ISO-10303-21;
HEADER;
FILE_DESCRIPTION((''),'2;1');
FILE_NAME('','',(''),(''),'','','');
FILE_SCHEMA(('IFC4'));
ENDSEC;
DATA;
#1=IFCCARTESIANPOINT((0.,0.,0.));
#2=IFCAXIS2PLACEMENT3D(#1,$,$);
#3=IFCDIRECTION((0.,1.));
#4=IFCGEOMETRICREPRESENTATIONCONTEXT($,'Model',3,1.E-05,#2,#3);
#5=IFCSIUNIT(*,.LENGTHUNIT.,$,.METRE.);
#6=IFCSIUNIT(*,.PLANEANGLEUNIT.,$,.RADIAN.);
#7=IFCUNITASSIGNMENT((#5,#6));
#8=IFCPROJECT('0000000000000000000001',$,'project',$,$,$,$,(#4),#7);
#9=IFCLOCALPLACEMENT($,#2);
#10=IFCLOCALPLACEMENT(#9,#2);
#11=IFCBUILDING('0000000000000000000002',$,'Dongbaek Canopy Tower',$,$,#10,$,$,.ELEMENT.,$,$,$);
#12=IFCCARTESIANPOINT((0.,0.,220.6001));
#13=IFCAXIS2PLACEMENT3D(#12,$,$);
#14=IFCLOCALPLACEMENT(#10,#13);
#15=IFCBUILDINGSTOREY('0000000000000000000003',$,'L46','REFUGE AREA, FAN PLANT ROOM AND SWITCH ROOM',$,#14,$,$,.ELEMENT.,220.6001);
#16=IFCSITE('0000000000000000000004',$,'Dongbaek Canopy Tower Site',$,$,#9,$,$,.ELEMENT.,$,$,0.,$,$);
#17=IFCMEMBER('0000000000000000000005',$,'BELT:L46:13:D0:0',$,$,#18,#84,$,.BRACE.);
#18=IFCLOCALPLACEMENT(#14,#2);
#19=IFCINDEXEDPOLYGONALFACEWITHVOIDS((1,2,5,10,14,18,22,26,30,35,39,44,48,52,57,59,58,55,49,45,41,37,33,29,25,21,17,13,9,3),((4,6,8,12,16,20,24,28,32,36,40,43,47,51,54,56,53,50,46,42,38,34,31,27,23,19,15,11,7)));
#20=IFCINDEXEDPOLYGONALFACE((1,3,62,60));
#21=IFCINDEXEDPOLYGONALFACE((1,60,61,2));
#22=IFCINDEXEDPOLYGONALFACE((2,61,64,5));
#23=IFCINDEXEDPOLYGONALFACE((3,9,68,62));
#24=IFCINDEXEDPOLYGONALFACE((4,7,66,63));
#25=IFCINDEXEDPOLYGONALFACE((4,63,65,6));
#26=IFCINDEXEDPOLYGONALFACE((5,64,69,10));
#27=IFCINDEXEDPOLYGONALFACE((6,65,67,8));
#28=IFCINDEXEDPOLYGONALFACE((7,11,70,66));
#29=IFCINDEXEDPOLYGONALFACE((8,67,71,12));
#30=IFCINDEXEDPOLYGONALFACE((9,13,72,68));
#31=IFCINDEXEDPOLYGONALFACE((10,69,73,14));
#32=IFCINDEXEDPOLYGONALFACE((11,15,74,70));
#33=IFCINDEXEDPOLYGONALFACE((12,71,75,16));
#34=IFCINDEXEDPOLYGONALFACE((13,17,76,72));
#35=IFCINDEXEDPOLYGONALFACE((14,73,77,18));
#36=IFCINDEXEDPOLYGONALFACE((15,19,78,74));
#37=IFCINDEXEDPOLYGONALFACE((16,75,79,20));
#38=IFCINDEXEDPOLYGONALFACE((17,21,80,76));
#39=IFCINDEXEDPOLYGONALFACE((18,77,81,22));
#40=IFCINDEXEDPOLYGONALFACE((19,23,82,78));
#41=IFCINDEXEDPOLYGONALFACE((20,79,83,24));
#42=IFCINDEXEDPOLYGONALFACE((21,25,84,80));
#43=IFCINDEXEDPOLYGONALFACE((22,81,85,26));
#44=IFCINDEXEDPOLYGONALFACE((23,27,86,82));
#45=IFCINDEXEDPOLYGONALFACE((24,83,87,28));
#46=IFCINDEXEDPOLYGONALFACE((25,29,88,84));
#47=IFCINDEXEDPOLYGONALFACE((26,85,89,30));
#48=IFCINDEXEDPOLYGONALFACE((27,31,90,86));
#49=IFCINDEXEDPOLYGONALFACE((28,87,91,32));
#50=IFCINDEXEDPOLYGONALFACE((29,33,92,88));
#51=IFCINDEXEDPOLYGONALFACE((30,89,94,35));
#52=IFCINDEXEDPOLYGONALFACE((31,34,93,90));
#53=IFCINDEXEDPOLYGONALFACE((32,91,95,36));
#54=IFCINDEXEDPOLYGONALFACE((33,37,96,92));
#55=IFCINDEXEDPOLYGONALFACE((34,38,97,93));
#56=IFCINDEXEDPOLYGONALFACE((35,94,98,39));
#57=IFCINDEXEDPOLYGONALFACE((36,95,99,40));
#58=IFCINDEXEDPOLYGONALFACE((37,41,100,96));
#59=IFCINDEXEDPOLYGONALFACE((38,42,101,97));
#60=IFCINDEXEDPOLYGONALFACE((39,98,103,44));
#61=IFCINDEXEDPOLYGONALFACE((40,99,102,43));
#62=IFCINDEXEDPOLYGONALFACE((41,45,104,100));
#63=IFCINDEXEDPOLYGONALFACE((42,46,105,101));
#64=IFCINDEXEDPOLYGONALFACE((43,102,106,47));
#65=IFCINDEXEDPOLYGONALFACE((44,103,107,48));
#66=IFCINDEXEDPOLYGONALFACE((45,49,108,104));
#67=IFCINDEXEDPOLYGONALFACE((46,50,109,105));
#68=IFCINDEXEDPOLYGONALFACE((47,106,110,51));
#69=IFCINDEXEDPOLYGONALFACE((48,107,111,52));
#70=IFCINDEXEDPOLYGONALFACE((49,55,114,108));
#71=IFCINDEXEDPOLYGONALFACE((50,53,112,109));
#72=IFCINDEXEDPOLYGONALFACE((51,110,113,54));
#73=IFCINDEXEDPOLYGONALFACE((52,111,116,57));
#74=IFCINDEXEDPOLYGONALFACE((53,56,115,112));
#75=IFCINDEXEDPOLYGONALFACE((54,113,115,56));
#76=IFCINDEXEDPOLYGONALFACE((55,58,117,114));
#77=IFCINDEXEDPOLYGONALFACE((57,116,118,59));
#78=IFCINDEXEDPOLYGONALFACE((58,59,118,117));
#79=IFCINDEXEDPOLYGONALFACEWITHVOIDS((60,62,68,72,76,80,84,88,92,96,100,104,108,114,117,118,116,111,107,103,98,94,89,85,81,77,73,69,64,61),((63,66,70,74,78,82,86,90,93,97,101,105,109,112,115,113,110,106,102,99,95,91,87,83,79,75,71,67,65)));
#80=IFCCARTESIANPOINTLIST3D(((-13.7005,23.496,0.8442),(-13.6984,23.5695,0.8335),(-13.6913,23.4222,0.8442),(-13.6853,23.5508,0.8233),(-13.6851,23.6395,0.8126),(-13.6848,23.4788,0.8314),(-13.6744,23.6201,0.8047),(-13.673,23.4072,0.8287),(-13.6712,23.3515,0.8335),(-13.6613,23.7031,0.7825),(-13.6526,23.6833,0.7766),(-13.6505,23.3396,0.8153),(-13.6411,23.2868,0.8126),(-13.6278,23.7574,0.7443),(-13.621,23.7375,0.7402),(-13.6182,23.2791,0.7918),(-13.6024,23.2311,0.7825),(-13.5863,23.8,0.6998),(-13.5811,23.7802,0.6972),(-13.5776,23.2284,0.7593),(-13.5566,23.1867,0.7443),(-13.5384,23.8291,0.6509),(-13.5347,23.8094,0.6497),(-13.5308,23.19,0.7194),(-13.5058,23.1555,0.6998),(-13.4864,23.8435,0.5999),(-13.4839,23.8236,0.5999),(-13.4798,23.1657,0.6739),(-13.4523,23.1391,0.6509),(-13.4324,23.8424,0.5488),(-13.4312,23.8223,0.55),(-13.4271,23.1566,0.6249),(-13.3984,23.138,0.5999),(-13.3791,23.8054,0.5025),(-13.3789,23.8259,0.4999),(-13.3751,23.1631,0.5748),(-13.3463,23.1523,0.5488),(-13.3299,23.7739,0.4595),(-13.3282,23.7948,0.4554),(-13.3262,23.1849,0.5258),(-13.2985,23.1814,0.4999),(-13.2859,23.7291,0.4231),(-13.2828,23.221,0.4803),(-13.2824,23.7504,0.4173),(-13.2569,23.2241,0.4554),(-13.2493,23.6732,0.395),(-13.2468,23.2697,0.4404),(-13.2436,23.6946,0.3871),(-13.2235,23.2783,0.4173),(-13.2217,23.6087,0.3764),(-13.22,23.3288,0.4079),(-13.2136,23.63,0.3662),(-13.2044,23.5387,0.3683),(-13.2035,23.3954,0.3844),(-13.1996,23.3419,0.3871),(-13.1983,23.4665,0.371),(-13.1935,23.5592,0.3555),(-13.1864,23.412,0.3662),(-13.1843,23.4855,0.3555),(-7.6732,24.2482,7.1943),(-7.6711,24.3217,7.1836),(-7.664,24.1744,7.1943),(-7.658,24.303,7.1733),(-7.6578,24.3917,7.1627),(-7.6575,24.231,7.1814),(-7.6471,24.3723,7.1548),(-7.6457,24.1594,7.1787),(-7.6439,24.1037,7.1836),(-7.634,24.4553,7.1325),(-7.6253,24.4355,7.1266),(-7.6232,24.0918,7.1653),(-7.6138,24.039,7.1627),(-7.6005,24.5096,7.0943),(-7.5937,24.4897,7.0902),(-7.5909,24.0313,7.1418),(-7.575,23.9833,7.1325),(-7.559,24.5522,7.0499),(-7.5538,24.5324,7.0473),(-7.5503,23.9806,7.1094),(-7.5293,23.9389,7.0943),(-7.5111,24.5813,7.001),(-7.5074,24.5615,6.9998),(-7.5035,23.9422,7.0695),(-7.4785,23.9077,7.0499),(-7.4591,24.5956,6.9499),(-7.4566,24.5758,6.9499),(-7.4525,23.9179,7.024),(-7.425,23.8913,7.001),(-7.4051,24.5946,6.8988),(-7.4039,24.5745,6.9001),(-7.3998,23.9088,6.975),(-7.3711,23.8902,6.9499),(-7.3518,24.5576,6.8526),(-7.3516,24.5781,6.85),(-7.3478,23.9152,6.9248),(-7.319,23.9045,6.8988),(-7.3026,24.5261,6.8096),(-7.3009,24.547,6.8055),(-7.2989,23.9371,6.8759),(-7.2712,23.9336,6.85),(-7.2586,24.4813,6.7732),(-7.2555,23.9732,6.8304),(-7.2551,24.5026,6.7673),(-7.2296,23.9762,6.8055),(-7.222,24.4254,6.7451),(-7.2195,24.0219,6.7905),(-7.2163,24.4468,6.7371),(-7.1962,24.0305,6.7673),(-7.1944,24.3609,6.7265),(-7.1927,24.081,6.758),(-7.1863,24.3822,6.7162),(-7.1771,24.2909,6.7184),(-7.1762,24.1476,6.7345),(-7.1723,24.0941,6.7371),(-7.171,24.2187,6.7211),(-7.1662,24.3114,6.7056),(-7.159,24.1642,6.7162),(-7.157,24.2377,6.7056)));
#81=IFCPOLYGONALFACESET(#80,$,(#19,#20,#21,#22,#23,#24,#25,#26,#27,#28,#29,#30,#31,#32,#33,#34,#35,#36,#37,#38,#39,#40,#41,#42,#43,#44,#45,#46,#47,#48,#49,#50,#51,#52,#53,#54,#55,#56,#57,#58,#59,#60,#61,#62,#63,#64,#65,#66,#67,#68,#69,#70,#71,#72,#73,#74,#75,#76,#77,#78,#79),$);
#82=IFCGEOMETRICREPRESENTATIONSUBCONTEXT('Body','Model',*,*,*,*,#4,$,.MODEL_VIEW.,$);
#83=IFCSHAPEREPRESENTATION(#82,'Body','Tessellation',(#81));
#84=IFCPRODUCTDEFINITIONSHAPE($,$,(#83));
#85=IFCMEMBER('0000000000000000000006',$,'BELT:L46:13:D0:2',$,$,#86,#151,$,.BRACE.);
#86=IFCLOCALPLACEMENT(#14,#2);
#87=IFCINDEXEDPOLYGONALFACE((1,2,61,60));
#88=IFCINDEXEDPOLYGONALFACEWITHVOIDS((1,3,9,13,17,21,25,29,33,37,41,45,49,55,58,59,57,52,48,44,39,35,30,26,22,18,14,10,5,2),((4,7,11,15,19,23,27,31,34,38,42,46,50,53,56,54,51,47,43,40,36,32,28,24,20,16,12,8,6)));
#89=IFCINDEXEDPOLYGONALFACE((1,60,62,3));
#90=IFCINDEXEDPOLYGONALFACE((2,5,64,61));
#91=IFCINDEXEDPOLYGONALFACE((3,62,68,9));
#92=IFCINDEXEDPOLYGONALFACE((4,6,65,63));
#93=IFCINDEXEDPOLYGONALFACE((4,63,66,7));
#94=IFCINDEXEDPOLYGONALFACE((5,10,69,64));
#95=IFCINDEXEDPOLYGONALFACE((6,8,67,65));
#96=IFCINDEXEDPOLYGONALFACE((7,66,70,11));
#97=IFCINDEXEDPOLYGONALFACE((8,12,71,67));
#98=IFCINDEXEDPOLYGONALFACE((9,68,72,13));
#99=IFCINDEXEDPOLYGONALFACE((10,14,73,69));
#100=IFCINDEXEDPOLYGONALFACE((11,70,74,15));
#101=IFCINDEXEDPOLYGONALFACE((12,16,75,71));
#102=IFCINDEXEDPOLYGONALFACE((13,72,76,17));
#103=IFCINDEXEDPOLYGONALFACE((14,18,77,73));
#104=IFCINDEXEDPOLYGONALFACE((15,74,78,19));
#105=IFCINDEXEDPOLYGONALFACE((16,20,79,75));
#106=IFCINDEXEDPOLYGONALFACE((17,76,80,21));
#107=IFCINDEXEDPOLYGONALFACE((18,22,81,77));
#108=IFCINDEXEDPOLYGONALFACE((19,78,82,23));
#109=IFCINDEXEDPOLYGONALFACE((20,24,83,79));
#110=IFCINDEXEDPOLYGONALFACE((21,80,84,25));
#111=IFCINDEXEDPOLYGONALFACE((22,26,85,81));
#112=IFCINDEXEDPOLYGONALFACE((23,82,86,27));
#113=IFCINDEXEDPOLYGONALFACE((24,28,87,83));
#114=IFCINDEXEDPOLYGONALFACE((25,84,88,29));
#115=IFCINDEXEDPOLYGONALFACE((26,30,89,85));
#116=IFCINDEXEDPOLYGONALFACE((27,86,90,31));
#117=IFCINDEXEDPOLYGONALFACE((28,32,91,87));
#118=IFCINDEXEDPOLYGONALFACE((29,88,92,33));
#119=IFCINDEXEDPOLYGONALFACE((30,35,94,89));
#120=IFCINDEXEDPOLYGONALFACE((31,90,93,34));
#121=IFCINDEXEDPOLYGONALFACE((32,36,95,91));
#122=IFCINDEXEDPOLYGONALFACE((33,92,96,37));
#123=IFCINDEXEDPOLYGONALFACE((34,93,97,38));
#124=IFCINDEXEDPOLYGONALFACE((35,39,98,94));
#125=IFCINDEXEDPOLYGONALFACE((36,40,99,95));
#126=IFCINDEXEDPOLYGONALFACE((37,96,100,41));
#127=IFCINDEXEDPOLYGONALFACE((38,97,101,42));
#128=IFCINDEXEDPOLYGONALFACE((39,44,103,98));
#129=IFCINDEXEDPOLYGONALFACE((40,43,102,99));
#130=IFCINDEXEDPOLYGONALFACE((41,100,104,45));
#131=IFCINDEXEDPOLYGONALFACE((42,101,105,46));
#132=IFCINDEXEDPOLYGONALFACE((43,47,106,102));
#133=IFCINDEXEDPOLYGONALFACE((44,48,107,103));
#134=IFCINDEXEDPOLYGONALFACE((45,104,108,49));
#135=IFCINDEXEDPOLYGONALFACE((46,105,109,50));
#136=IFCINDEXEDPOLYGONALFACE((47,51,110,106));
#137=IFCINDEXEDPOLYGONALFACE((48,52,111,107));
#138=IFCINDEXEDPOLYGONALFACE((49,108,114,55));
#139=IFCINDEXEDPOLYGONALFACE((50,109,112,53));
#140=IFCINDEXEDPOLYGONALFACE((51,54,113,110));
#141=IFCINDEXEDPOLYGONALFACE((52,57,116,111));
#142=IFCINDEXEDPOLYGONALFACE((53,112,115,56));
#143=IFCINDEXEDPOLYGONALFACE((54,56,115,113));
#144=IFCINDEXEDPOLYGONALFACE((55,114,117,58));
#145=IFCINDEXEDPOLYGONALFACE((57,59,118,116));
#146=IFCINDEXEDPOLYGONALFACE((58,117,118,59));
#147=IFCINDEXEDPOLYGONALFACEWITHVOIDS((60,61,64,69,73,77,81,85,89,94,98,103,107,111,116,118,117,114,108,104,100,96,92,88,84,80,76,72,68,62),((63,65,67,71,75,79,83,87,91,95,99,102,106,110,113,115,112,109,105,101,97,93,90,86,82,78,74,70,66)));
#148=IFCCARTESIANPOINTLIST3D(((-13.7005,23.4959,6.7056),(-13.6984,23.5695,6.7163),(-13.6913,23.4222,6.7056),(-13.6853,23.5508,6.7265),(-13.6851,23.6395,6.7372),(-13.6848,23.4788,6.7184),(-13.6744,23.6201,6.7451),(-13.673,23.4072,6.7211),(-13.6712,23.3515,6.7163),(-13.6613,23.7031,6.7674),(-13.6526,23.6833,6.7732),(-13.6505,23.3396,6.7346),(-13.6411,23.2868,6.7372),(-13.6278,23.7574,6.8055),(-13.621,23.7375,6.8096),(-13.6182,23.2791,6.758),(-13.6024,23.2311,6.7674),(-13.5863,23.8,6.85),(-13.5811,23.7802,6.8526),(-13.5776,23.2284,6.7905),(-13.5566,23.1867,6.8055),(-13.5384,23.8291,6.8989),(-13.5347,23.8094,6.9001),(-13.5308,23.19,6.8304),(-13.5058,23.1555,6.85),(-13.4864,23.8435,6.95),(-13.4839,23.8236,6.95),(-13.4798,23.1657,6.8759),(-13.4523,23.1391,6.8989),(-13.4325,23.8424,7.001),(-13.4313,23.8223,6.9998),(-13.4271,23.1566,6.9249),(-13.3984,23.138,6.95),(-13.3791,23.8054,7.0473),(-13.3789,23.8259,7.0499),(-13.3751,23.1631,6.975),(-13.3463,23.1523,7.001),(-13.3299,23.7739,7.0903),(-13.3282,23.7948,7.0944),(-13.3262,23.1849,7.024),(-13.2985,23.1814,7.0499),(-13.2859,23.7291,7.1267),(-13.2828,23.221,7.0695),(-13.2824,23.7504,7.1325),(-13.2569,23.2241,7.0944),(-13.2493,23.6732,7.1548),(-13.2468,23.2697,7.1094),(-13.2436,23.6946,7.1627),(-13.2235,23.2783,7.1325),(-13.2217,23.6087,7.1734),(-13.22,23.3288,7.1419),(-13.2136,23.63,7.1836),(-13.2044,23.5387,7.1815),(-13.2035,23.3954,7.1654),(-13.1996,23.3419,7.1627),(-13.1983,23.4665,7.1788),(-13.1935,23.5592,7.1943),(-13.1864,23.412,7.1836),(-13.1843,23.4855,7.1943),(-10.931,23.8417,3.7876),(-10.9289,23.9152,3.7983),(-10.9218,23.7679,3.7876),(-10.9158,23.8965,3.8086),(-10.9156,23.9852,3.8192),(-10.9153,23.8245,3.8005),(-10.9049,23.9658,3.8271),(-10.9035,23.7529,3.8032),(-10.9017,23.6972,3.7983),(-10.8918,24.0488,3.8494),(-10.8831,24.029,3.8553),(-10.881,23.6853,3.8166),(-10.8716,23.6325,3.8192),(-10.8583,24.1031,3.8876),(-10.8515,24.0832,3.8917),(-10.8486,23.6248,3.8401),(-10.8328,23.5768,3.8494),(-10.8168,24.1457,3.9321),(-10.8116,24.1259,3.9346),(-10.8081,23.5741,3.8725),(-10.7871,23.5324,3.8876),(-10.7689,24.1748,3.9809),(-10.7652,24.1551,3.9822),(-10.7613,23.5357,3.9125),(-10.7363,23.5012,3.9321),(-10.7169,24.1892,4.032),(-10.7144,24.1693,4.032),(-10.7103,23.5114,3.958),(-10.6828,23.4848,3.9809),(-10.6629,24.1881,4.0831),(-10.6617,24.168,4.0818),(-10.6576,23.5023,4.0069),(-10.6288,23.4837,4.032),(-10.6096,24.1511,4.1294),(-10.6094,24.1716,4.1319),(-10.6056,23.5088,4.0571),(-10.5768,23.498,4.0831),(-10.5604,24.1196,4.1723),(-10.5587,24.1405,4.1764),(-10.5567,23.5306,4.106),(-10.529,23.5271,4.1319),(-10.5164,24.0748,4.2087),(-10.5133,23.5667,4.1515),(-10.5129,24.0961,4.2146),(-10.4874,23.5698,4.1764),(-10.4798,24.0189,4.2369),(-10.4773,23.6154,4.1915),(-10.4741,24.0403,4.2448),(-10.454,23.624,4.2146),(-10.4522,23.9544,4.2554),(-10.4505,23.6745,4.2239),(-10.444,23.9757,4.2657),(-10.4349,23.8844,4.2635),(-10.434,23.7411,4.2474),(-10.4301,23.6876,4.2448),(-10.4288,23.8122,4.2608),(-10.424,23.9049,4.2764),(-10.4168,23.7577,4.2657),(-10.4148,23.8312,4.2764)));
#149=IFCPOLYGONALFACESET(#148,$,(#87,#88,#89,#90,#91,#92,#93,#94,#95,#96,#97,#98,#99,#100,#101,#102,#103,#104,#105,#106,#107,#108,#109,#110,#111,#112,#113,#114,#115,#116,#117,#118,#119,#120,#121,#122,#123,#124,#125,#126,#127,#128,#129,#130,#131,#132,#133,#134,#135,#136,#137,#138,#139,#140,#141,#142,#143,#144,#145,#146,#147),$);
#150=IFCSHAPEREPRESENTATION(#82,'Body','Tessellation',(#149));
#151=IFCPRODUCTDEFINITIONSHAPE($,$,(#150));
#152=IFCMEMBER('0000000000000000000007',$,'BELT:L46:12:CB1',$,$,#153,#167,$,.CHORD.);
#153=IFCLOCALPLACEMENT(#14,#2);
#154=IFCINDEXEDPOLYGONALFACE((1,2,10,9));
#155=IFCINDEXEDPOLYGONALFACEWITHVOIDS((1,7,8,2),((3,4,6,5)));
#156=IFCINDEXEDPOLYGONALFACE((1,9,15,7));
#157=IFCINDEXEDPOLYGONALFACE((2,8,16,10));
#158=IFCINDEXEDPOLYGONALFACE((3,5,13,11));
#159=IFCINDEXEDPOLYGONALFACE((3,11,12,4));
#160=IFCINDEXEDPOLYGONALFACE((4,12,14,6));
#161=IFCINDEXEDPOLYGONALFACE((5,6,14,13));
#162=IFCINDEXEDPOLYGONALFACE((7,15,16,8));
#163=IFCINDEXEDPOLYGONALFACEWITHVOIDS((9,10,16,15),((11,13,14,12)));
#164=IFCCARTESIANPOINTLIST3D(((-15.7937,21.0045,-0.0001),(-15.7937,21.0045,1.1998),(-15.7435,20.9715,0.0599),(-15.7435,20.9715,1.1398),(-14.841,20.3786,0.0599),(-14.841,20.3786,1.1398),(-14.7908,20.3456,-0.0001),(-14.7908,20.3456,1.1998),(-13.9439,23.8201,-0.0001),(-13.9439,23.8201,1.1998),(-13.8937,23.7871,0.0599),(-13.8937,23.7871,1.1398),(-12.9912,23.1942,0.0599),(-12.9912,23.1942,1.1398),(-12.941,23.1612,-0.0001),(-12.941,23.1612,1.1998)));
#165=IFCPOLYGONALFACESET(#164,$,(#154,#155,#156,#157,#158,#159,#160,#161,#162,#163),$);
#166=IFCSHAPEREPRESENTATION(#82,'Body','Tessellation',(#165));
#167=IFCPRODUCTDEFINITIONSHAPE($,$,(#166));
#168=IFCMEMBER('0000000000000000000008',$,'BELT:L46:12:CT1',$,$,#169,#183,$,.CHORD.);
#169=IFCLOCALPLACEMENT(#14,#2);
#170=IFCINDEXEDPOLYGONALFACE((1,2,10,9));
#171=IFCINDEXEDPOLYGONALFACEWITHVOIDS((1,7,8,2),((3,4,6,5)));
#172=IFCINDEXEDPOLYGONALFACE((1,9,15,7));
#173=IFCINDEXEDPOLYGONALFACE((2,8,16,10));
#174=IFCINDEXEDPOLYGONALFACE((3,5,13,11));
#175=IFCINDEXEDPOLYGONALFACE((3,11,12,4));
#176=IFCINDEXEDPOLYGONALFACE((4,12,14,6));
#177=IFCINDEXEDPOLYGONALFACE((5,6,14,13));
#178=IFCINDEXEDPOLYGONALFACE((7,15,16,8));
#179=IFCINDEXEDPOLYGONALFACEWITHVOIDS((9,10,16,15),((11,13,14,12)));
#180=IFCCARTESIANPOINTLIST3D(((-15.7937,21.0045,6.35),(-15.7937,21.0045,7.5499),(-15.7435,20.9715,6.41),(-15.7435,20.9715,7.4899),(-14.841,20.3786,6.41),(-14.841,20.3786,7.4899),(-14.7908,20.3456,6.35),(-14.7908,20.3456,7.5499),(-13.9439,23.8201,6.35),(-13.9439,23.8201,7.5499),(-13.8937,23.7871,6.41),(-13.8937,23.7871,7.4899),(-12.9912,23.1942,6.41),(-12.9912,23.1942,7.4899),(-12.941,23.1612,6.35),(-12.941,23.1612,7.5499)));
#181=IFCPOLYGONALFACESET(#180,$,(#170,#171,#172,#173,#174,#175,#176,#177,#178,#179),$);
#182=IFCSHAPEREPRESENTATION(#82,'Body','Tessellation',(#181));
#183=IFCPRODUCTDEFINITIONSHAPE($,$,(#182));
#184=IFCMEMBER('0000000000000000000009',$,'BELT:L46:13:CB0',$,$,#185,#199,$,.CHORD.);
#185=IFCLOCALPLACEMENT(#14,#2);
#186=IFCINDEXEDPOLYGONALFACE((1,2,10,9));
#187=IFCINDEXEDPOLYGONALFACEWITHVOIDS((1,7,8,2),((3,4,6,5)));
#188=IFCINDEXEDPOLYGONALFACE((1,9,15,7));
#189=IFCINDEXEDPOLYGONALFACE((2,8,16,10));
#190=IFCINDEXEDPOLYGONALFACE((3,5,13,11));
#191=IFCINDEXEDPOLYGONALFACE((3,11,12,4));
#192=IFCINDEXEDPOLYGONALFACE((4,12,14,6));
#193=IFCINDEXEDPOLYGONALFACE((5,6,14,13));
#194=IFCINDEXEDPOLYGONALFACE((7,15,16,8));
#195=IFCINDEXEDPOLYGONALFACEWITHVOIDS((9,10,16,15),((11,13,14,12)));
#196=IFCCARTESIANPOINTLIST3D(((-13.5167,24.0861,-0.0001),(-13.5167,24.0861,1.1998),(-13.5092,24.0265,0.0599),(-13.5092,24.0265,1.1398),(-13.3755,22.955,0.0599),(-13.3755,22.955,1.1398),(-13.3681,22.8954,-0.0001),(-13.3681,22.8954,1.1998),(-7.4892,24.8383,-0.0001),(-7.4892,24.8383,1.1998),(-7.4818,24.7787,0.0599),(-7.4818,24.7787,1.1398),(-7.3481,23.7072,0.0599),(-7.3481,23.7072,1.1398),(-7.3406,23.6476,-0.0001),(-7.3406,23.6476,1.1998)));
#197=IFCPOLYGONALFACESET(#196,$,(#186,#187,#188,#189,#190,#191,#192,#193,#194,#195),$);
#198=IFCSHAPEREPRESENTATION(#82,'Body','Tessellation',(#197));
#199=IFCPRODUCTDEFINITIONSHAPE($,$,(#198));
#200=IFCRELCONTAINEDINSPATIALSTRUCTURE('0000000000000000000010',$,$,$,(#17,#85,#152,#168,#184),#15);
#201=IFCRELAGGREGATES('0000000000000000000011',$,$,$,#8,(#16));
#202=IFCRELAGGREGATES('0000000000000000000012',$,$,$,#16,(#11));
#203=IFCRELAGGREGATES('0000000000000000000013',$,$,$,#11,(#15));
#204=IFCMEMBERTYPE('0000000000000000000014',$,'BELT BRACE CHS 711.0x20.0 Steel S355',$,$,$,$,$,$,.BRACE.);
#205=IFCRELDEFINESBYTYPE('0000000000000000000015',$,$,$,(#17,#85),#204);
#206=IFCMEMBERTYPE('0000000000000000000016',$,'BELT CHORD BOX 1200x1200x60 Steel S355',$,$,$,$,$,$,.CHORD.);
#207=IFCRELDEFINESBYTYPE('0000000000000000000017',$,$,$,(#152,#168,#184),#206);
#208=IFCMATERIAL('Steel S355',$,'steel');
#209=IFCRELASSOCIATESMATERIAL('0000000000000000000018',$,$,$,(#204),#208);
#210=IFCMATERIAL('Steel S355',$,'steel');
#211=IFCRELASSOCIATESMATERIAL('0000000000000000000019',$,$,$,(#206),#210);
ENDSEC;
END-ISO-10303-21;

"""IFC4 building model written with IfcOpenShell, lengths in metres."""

from ifc_helpers import new_model, si_unit, direction, frame, origin, origin_2d, place, context, subcontext, project, spatial, hollow_rectangle, hollow_circle, extrude, material, material_profile, profile_set, type_object, element, save


model = new_model("IFC4")

# Units and contexts
model_context = context("Model", 3, precision=1e-05, world=origin(), true_north=direction((0.0, 1.0)))
body_context = subcontext(model_context, "Body", "Model", "MODEL_VIEW")
ifc_project = project(units=[si_unit("LENGTHUNIT", "METRE"), si_unit("PLANEANGLEUNIT", "RADIAN")], contexts=[model_context])

# Site, building, storey
site_placement = place(None, origin())
site = spatial("IfcSite", under=ifc_project, at=site_placement, Name="Dongbaek Canopy Tower Site", CompositionType="ELEMENT", RefElevation=0.0)
building_placement = place(site_placement, origin())
building = spatial("IfcBuilding", under=site, at=building_placement, Name="Dongbaek Canopy Tower", CompositionType="ELEMENT")
storey_placement = place(building_placement, frame((0.0, 0.0, 220.6001)))
storey = spatial("IfcBuildingStorey", under=building, at=storey_placement, Name="L46", Description="REFUGE AREA, FAN PLANT ROOM AND SWITCH ROOM", CompositionType="ELEMENT", Elevation=220.6001)

# Members
ifc_material_1 = material(Name="Steel S355", Category="steel")
ifc_material_profile_1 = material_profile(ifc_material_1, hollow_circle(Radius=0.3555, WallThickness=0.02, at=origin_2d()), Name="BELT BRACE CHS 711.0x20.0 Steel S355")
ifc_profile_set_1 = profile_set([ifc_material_profile_1], Name="Steel S355")
member_type_1 = type_object("IfcMemberType", Name="BELT BRACE CHS 711.0x20.0 Steel S355", PredefinedType="BRACE", material=ifc_profile_set_1)
member_1_placement = place(storey_placement, frame((-13.4424, 23.4907, 0.5999), z_axis=(0.685907, 0.0856, 0.722637), x_axis=(-0.123837, 0.992303, 0.0)))
element("IfcMember", 1, at=member_1_placement, inside=storey, type_object=member_type_1, Name="BELT:L46:13:D0:0", PredefinedType="BRACE", context=body_context, shape_type="SweptSolid", body=[
    extrude(hollow_circle(Radius=0.3555, WallThickness=0.02, at=origin_2d()), origin(), (0.0, 0.0, 1.0), 8.7874),
])
member_2_placement = place(storey_placement, frame((-13.4424, 23.4907, 6.95), z_axis=(0.68589, 0.085615, -0.722651), x_axis=(-0.123862, 0.992299, 0.0)))
element("IfcMember", 2, at=member_2_placement, inside=storey, type_object=member_type_1, Name="BELT:L46:13:D0:2", PredefinedType="BRACE", context=body_context, shape_type="SweptSolid", body=[
    extrude(hollow_circle(Radius=0.3555, WallThickness=0.02, at=origin_2d()), origin(), (0.0, 0.0, 1.0), 4.0378),
])
ifc_material_2 = material(Name="Steel S355", Category="steel")
ifc_material_profile_2 = material_profile(ifc_material_2, hollow_rectangle(XDim=1.2, YDim=1.2, WallThickness=0.0601, at=origin_2d()), Name="BELT CHORD BOX 1200x1200x60 Steel S355")
ifc_profile_set_2 = profile_set([ifc_material_profile_2], Name="Steel S355")
member_type_2 = type_object("IfcMemberType", Name="BELT CHORD BOX 1200x1200x60 Steel S355", PredefinedType="CHORD", material=ifc_profile_set_2)
for number, where, z_axis, x_axis, name in (
    (3, (-15.2922, 20.675, 0.5999), (0.549085, 0.835766, 0.0), (-0.835766, 0.549085, 0.0), "BELT:L46:12:CB1"),
    (4, (-15.2922, 20.675, 6.95), (0.549085, 0.835766, 0.0), (-0.835766, 0.549085, 0.0), "BELT:L46:12:CT1"),
):
    element("IfcMember", number, at=place(storey_placement, frame(where, z_axis=z_axis, x_axis=x_axis)), inside=storey, type_object=member_type_2, Name=name, PredefinedType="CHORD", context=body_context, shape_type="SweptSolid", body=[
        extrude(hollow_rectangle(XDim=1.2, YDim=1.2, WallThickness=0.0601, at=origin_2d()), origin(), (0.0, 0.0, 1.0), 3.3689),
    ])
for number, where, z_axis, x_axis, name in (
    (5, (-13.4424, 23.4907, 0.5999), (0.992303, 0.123837, 0.0), (-0.123837, 0.992303, 0.0), "BELT:L46:13:CB0"),
):
    element("IfcMember", number, at=place(storey_placement, frame(where, z_axis=z_axis, x_axis=x_axis)), inside=storey, type_object=member_type_2, Name=name, PredefinedType="CHORD", context=body_context, shape_type="SweptSolid", body=[
        extrude(hollow_rectangle(XDim=1.2, YDim=1.2, WallThickness=0.0601, at=origin_2d()), origin(), (0.0, 0.0, 1.0), 6.0742),
    ])

save(model, "model.ifc")
